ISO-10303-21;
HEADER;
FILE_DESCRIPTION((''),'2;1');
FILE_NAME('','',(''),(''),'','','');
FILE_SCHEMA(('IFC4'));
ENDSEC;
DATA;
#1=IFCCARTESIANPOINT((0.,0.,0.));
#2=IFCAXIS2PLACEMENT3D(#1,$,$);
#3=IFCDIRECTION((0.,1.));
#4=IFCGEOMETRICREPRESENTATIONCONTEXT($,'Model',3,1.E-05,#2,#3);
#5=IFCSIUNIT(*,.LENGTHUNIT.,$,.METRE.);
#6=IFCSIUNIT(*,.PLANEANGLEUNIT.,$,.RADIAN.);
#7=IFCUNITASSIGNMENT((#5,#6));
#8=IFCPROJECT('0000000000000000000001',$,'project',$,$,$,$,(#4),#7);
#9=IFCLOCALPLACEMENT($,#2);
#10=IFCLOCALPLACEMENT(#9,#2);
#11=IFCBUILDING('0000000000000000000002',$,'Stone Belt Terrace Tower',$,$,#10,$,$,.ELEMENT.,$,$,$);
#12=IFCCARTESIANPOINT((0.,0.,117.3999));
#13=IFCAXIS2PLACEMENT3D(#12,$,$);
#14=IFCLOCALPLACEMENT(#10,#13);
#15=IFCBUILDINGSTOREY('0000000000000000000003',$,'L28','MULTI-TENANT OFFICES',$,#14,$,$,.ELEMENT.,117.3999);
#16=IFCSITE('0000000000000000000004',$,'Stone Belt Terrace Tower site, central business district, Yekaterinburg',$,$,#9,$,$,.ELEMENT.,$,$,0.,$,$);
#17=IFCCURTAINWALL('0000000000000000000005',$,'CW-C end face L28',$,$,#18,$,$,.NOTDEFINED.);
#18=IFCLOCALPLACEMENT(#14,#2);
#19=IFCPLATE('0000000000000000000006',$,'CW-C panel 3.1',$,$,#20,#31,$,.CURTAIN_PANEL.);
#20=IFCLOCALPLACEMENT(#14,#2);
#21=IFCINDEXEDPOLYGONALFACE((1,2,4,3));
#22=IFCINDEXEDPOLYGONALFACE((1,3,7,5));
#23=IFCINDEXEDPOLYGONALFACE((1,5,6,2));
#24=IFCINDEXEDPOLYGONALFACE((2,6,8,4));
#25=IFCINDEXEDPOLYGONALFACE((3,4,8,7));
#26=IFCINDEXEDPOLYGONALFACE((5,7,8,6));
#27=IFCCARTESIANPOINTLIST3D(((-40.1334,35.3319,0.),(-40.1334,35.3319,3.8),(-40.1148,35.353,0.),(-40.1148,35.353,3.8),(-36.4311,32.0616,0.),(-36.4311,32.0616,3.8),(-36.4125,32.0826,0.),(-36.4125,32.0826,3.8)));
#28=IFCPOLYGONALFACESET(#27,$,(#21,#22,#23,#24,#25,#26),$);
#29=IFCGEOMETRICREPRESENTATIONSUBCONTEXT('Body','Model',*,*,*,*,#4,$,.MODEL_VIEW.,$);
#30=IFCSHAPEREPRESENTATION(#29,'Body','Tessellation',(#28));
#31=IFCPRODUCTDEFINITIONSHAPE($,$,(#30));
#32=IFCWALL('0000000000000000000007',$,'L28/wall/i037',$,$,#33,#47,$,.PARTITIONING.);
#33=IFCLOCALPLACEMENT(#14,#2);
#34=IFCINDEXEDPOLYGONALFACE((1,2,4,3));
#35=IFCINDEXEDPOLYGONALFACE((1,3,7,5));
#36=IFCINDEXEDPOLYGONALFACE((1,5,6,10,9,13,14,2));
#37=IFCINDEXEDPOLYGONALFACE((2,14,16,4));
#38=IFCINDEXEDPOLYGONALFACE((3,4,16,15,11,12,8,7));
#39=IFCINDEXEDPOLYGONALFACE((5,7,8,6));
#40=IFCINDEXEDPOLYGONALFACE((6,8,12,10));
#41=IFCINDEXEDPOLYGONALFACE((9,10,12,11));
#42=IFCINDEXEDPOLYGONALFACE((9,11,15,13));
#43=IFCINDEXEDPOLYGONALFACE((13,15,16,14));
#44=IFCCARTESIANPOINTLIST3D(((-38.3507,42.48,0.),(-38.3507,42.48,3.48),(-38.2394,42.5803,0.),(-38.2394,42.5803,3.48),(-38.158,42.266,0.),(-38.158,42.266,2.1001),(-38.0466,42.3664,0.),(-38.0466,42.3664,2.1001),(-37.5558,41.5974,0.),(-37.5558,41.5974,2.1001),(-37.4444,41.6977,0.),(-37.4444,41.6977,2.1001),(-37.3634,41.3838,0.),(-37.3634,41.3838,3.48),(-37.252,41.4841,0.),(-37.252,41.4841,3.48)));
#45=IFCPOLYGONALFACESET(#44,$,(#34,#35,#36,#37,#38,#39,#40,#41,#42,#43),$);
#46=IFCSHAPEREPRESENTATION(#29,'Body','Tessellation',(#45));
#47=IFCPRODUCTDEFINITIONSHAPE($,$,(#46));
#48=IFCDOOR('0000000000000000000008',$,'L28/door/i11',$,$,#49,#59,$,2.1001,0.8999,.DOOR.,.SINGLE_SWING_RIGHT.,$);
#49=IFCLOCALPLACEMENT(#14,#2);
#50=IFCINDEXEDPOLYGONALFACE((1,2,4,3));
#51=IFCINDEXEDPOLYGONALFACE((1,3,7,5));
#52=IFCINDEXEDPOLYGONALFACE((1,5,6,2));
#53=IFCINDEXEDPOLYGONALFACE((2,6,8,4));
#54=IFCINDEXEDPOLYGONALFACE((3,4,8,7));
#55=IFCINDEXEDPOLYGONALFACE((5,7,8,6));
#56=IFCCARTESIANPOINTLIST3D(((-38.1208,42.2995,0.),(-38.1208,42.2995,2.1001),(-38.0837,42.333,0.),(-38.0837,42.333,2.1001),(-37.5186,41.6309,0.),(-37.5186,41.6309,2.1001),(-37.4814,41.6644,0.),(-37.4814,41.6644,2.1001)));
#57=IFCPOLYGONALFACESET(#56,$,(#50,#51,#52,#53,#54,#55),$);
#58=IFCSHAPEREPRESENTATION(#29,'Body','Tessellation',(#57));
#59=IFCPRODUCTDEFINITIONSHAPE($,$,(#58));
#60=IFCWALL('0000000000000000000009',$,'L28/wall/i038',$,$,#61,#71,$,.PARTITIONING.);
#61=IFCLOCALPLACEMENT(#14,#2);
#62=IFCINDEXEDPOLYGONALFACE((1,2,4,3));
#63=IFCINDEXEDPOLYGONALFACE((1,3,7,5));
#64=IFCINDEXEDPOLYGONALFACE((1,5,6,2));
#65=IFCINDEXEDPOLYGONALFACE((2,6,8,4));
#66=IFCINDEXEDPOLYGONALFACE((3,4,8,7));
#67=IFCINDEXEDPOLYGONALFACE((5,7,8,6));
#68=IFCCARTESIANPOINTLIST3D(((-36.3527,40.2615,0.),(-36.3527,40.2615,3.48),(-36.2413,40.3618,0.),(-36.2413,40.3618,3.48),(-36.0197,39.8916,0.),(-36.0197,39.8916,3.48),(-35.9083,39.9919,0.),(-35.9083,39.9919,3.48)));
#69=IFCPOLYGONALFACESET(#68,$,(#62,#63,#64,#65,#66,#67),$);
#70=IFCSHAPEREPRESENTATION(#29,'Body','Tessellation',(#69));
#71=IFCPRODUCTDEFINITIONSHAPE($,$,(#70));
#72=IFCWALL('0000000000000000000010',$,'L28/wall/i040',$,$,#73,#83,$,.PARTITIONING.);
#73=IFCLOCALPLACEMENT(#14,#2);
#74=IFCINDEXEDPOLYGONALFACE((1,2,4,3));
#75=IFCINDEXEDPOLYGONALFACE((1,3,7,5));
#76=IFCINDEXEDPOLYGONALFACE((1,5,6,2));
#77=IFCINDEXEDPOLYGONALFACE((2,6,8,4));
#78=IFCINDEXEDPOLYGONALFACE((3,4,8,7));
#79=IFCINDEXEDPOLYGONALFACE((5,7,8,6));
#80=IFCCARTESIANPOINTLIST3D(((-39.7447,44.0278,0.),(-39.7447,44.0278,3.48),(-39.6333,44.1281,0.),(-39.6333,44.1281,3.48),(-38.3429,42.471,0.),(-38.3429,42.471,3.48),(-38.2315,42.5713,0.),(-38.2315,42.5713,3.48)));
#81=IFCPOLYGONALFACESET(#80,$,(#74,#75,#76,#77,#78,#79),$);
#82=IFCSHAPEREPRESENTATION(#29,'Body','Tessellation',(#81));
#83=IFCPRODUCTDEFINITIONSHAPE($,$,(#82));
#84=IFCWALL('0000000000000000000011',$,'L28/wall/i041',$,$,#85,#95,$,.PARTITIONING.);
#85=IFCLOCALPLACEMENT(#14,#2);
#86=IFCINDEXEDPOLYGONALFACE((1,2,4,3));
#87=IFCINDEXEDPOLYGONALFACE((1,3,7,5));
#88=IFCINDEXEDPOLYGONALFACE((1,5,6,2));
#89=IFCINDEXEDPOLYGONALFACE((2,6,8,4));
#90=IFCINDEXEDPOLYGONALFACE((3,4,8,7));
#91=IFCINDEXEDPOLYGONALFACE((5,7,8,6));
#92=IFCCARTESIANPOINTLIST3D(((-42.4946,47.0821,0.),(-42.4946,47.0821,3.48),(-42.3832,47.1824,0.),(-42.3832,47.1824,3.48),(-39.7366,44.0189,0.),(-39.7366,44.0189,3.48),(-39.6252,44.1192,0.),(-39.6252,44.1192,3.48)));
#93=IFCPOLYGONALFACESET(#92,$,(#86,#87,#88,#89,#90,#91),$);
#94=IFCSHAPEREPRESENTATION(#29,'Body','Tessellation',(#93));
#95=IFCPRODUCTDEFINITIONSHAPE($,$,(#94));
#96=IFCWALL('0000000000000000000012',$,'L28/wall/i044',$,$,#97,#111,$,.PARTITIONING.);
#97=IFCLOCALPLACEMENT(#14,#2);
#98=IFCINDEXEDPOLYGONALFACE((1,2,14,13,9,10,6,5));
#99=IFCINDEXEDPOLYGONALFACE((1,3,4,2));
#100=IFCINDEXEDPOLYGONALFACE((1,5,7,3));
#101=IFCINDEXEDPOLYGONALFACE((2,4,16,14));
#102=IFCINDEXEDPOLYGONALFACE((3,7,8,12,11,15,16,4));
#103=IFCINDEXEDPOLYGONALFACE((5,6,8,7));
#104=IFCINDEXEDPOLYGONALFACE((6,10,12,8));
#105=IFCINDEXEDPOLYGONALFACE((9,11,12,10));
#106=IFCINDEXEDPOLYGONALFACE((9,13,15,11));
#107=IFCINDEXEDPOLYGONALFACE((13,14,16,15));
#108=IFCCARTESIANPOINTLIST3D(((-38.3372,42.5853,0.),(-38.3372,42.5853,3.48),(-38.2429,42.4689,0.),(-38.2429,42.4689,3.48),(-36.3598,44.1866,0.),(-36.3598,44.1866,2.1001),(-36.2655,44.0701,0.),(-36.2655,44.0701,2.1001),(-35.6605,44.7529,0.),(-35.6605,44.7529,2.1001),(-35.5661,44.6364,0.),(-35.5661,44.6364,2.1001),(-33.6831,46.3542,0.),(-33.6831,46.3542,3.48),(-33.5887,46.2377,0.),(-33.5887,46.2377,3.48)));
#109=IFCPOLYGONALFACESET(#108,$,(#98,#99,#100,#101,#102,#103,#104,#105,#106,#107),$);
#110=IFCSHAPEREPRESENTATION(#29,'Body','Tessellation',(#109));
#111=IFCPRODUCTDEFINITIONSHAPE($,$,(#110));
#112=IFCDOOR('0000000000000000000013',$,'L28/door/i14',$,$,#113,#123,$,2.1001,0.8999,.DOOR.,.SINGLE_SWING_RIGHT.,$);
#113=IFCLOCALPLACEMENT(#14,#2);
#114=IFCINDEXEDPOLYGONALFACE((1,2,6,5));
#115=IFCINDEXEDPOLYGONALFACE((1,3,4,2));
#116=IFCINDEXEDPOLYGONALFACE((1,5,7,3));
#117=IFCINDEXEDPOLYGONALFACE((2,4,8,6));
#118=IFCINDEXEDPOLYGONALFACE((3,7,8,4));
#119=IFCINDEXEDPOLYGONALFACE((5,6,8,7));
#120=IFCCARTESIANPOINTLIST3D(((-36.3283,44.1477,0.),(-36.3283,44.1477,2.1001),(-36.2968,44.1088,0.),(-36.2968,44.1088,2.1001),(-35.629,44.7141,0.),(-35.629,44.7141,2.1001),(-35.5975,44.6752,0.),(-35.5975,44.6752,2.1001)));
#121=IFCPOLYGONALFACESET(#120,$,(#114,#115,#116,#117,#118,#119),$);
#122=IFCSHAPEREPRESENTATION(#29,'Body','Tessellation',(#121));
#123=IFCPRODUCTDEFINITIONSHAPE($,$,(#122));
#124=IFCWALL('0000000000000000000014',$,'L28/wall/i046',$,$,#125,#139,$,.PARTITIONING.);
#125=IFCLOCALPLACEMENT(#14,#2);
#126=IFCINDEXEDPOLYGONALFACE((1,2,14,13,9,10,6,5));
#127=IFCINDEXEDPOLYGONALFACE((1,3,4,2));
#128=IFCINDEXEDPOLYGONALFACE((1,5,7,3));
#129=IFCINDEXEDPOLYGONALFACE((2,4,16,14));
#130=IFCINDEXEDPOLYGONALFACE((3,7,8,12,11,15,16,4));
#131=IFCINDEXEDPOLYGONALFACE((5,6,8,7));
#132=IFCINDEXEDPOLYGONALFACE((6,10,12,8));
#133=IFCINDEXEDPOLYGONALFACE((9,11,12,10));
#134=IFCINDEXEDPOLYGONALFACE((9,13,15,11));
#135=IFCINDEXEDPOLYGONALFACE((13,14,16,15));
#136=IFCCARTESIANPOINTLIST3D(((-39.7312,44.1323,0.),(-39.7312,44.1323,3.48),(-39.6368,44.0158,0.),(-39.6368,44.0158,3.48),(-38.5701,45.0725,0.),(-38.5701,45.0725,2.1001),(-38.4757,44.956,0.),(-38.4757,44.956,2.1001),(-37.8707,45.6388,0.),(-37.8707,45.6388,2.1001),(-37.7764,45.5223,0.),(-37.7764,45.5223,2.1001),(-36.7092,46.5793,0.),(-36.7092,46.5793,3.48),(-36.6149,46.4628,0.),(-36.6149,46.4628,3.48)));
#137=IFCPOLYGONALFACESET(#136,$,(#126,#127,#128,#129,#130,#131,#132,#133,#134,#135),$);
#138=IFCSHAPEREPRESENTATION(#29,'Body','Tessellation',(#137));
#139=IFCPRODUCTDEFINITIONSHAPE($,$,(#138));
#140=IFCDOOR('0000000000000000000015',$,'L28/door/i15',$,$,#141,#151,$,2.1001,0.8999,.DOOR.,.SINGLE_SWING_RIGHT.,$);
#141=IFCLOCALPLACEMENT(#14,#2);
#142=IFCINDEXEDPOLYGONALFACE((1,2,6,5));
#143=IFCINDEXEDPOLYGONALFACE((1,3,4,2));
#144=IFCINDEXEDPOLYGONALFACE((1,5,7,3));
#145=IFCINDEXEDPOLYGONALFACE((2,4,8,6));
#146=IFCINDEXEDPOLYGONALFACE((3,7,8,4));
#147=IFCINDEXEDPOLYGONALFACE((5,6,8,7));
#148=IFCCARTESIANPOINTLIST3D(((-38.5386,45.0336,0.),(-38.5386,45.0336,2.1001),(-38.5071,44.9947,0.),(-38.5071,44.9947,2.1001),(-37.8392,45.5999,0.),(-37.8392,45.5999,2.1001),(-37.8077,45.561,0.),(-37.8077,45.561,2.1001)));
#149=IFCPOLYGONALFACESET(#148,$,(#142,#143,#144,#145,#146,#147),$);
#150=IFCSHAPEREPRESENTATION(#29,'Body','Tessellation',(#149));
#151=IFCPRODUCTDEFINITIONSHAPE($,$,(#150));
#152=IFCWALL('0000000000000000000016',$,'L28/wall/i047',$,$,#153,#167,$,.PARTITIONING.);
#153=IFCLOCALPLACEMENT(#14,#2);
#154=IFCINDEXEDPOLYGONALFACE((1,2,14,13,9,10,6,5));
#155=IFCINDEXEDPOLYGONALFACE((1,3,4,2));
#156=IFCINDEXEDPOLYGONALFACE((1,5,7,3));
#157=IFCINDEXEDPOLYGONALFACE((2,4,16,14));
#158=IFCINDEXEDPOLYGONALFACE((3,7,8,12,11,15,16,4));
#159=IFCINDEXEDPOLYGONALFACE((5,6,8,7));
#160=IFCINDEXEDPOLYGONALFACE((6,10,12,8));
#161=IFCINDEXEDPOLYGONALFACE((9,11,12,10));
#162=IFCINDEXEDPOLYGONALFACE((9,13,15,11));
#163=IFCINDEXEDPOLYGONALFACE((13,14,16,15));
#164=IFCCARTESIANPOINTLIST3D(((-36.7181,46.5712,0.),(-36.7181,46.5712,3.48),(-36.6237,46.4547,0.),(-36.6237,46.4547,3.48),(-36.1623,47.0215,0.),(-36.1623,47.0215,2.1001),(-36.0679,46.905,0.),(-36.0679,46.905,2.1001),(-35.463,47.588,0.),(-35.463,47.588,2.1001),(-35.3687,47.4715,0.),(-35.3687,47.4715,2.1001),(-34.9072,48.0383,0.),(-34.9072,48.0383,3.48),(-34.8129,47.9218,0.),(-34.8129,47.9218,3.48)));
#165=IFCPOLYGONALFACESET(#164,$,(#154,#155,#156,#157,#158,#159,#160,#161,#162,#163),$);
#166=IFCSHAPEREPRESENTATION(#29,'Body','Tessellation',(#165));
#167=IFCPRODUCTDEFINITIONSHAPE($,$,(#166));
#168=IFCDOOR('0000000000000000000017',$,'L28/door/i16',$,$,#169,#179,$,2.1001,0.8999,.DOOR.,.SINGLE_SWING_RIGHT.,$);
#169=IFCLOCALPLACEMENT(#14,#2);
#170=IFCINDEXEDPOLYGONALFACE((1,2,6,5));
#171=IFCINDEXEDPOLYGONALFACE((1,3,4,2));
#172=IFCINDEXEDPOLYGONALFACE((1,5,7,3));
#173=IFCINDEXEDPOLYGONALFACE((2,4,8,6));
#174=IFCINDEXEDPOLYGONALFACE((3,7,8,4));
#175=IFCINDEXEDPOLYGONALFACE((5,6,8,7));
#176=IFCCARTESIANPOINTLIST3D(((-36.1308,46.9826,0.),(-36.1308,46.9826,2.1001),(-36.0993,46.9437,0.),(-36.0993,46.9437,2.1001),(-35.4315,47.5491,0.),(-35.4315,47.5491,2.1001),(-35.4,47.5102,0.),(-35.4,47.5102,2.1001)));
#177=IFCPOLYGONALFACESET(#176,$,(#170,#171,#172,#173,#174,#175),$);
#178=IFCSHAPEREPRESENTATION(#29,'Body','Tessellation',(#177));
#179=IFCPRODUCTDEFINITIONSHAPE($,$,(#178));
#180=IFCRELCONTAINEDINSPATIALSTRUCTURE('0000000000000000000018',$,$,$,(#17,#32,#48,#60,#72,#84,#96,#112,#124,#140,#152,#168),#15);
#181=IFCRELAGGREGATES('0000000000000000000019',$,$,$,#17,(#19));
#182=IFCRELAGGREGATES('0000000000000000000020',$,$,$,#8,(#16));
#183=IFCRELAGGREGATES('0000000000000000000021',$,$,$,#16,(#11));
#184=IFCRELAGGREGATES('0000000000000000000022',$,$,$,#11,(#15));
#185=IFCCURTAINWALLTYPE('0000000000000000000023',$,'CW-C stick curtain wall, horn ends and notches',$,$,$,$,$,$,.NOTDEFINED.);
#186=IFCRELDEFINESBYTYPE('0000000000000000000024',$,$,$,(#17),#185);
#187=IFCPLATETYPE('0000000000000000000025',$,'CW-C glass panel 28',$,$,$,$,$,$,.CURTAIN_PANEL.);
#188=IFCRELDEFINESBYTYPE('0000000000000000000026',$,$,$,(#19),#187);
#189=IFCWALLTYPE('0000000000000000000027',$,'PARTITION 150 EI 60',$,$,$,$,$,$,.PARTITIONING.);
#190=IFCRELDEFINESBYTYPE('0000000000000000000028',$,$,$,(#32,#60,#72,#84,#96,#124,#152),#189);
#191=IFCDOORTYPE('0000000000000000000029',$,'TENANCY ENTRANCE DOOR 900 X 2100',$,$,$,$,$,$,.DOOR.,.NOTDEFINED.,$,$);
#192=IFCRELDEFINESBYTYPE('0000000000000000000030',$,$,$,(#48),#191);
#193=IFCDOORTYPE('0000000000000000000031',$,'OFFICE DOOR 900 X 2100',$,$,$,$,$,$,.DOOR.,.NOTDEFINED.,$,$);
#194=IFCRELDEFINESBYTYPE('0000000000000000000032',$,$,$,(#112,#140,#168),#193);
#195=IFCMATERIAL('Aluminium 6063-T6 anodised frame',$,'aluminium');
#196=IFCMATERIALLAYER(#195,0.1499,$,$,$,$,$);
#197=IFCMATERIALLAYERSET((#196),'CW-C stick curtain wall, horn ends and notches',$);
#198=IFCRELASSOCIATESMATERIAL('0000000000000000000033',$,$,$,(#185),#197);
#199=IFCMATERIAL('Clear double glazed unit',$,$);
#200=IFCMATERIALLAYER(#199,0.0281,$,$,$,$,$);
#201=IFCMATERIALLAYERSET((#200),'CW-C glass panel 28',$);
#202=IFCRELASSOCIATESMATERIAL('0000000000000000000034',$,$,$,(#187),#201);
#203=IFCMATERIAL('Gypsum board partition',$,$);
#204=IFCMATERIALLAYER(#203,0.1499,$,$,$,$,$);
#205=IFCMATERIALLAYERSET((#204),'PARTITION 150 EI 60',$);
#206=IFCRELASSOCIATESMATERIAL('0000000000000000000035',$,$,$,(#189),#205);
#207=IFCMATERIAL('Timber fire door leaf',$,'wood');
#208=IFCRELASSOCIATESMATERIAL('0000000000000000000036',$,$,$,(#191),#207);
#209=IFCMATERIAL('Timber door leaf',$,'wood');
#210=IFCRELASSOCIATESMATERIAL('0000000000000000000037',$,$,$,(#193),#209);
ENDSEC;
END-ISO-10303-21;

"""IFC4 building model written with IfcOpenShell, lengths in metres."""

from ifc_helpers import new_model, si_unit, direction, frame, frame_2d, origin, origin_2d, place, context, subcontext, project, spatial, rectangle, extrude, material, layer, layer_set, type_object, element, fill, aggregate, save


model = new_model("IFC4")

# Units and contexts
model_context = context("Model", 3, precision=1e-05, world=origin(), true_north=direction((0.0, 1.0)))
body_context = subcontext(model_context, "Body", "Model", "MODEL_VIEW")
ifc_project = project(units=[si_unit("LENGTHUNIT", "METRE"), si_unit("PLANEANGLEUNIT", "RADIAN")], contexts=[model_context])

# Site, building, storey
site_placement = place(None, origin())
site = spatial("IfcSite", under=ifc_project, at=site_placement, Name="Stone Belt Terrace Tower site, central business district, Yekaterinburg", CompositionType="ELEMENT", RefElevation=0.0)
building_placement = place(site_placement, origin())
building = spatial("IfcBuilding", under=site, at=building_placement, Name="Stone Belt Terrace Tower", CompositionType="ELEMENT")
storey_placement = place(building_placement, frame((0.0, 0.0, 117.3999)))
storey = spatial("IfcBuildingStorey", under=building, at=storey_placement, Name="L28", Description="MULTI-TENANT OFFICES", CompositionType="ELEMENT", Elevation=117.3999)

# Shared definitions
ifc_material_1 = material(Name="Aluminium 6063-T6 anodised frame", Category="aluminium")
ifc_layer_1 = layer(ifc_material_1, 0.1499)
ifc_layer_set_1 = layer_set([ifc_layer_1], Name="CW-C stick curtain wall, horn ends and notches")
curtain_wall_type = type_object("IfcCurtainWallType", Name="CW-C stick curtain wall, horn ends and notches", PredefinedType="NOTDEFINED", material=ifc_layer_set_1)

# Curtain wall
curtain_wall_1_placement = place(storey_placement, origin())
curtain_wall_1 = element("IfcCurtainWall", 1, at=curtain_wall_1_placement, inside=storey, type_object=curtain_wall_type, Name="CW-C end face L28", PredefinedType="NOTDEFINED")

# Plate
ifc_material_2 = material(Name="Clear double glazed unit")
ifc_layer_2 = layer(ifc_material_2, 0.0281)
ifc_layer_set_2 = layer_set([ifc_layer_2], Name="CW-C glass panel 28")
plate_type = type_object("IfcPlateType", Name="CW-C glass panel 28", PredefinedType="CURTAIN_PANEL", material=ifc_layer_set_2)
plate_1_placement = place(storey_placement, frame((-38.2729, 33.7073, 0.0), z_axis=(0.0, 0.0, 1.0), x_axis=(0.749478, -0.66203, 0.0)))
plate_1 = element("IfcPlate", 2, at=plate_1_placement, type_object=plate_type, Name="CW-C panel 3.1", PredefinedType="CURTAIN_PANEL", context=body_context, shape_type="SweptSolid", body=[
    extrude(rectangle(XDim=4.9399, YDim=0.0281, at=origin_2d()), origin(), (0.0, 0.0, 1.0), 3.8),
])
aggregate(curtain_wall_1, [plate_1])

# Wall, opening, door
ifc_material_3 = material(Name="Gypsum board partition")
ifc_layer_3 = layer(ifc_material_3, 0.1499)
ifc_layer_set_3 = layer_set([ifc_layer_3], Name="PARTITION 150 EI 60")
wall_type = type_object("IfcWallType", Name="PARTITION 150 EI 60", PredefinedType="PARTITIONING", material=ifc_layer_set_3)
wall_1_placement = place(storey_placement, frame((-37.3076, 41.4338, 0.0), z_axis=(0.0, 0.0, 1.0), x_axis=(-0.669239, 0.743047, 0.0)))
wall_1 = element("IfcWall", 3, at=wall_1_placement, inside=storey, type_object=wall_type, Name="L28/wall/i037", PredefinedType="PARTITIONING", context=body_context, shape_type="SweptSolid", body=[
    extrude(rectangle(XDim=1.4753, YDim=0.1499, at=frame_2d((0.7378, 0.0))), origin(), (0.0, 0.0, 1.0), 3.48),
])
opening_1_placement = place(wall_1_placement, frame((0.2876, 0.0, 0.0)))
opening_1 = element("IfcOpeningElement", 4, at=opening_1_placement, cuts=wall_1, PredefinedType="OPENING", context=body_context, shape_type="SweptSolid", body=[
    extrude(rectangle(XDim=0.8999, YDim=2.1001, at=frame_2d((0.45, 1.05))), frame((0.0, 0.085, 0.0), z_axis=(0.0, -1.0, 0.0), x_axis=(1.0, 0.0, 0.0)), (0.0, 0.0, 1.0), 0.1699),
])
ifc_material_4 = material(Name="Timber fire door leaf", Category="wood")
door_type_1 = type_object("IfcDoorType", Name="TENANCY ENTRANCE DOOR 900 X 2100", OperationType="NOTDEFINED", PredefinedType="DOOR", material=ifc_material_4)
door_1_placement = place(opening_1_placement, origin())
door_1 = element("IfcDoor", 5, at=door_1_placement, inside=storey, type_object=door_type_1, Name="L28/door/i11", OperationType="SINGLE_SWING_RIGHT", OverallHeight=2.1001, OverallWidth=0.8999, PredefinedType="DOOR", context=body_context, shape_type="SweptSolid", body=[
    extrude(rectangle(XDim=0.8999, YDim=2.1001, at=frame_2d((0.45, 1.05))), frame((0.0, 0.0249, 0.0), z_axis=(0.0, -1.0, 0.0), x_axis=(1.0, 0.0, 0.0)), (0.0, 0.0, 1.0), 0.05),
])
fill(opening_1, door_1)

# Walls
wall_2_placement = place(storey_placement, frame((-36.2971, 40.3118, 0.0), z_axis=(0.0, 0.0, 1.0), x_axis=(0.6691, -0.743172, 0.0)))
element("IfcWall", 6, at=wall_2_placement, inside=storey, type_object=wall_type, Name="L28/wall/i038", PredefinedType="PARTITIONING", context=body_context, shape_type="SweptSolid", body=[
    extrude(rectangle(XDim=0.4978, YDim=0.1499, at=frame_2d((0.249, 0.0))), origin(), (0.0, 0.0, 1.0), 3.48),
])
wall_3_placement = place(storey_placement, frame((-39.689, 44.0779, 0.0), z_axis=(0.0, 0.0, 1.0), x_axis=(0.669139, -0.743138, 0.0)))
element("IfcWall", 7, at=wall_3_placement, inside=storey, type_object=wall_type, Name="L28/wall/i040", PredefinedType="PARTITIONING", context=body_context, shape_type="SweptSolid", body=[
    extrude(rectangle(XDim=2.095, YDim=0.1499, at=frame_2d((1.0474, 0.0))), origin(), (0.0, 0.0, 1.0), 3.48),
])
wall_4_placement = place(storey_placement, frame((-42.439, 47.1323, 0.0), z_axis=(0.0, 0.0, 1.0), x_axis=(0.669119, -0.743156, 0.0)))
element("IfcWall", 8, at=wall_4_placement, inside=storey, type_object=wall_type, Name="L28/wall/i041", PredefinedType="PARTITIONING", context=body_context, shape_type="SweptSolid", body=[
    extrude(rectangle(XDim=4.1218, YDim=0.1499, at=frame_2d((2.061, 0.0))), origin(), (0.0, 0.0, 1.0), 3.48),
])

# Walls, openings, doors
wall_5_placement = place(storey_placement, frame((-38.29, 42.5271, 0.0), z_axis=(0.0, 0.0, 1.0), x_axis=(0.777144, 0.629323, 0.0)))
wall_5 = element("IfcWall", 9, at=wall_5_placement, inside=storey, type_object=wall_type, Name="L28/wall/i044", PredefinedType="PARTITIONING", context=body_context, shape_type="SweptSolid", body=[
    extrude(rectangle(XDim=5.9888, YDim=0.1499, at=frame_2d((2.9944, 0.0))), origin(), (0.0, 0.0, 1.0), 3.48),
])
opening_2_placement = place(wall_5_placement, frame((2.5444, 0.0, 0.0)))
opening_2 = element("IfcOpeningElement", 10, at=opening_2_placement, cuts=wall_5, PredefinedType="OPENING", context=body_context, shape_type="SweptSolid", body=[
    extrude(rectangle(XDim=0.8999, YDim=2.1001, at=frame_2d((0.45, 1.05))), frame((0.0, 0.085, 0.0), z_axis=(0.0, -1.0, 0.0), x_axis=(1.0, 0.0, 0.0)), (0.0, 0.0, 1.0), 0.1699),
])
ifc_material_5 = material(Name="Timber door leaf", Category="wood")
door_type_2 = type_object("IfcDoorType", Name="OFFICE DOOR 900 X 2100", OperationType="NOTDEFINED", PredefinedType="DOOR", material=ifc_material_5)
door_2_placement = place(opening_2_placement, origin())
door_2 = element("IfcDoor", 11, at=door_2_placement, inside=storey, type_object=door_type_2, Name="L28/door/i14", OperationType="SINGLE_SWING_RIGHT", OverallHeight=2.1001, OverallWidth=0.8999, PredefinedType="DOOR", context=body_context, shape_type="SweptSolid", body=[
    extrude(rectangle(XDim=0.8999, YDim=2.1001, at=frame_2d((0.45, 1.05))), frame((0.0, 0.0249, 0.0), z_axis=(0.0, -1.0, 0.0), x_axis=(1.0, 0.0, 0.0)), (0.0, 0.0, 1.0), 0.05),
])
fill(opening_2, door_2)
wall_6_placement = place(storey_placement, frame((-39.6841, 44.074, 0.0), z_axis=(0.0, 0.0, 1.0), x_axis=(0.777162, 0.629301, 0.0)))
wall_6 = element("IfcWall", 12, at=wall_6_placement, inside=storey, type_object=wall_type, Name="L28/wall/i046", PredefinedType="PARTITIONING", context=body_context, shape_type="SweptSolid", body=[
    extrude(rectangle(XDim=3.8884, YDim=0.1499, at=frame_2d((1.9443, 0.0))), origin(), (0.0, 0.0, 1.0), 3.48),
])
opening_3_placement = place(wall_6_placement, frame((1.4941, 0.0, 0.0)))
opening_3 = element("IfcOpeningElement", 13, at=opening_3_placement, cuts=wall_6, PredefinedType="OPENING", context=body_context, shape_type="SweptSolid", body=[
    extrude(rectangle(XDim=0.8999, YDim=2.1001, at=frame_2d((0.45, 1.05))), frame((0.0, 0.085, 0.0), z_axis=(0.0, -1.0, 0.0), x_axis=(1.0, 0.0, 0.0)), (0.0, 0.0, 1.0), 0.1699),
])
door_3_placement = place(opening_3_placement, origin())
door_3 = element("IfcDoor", 14, at=door_3_placement, inside=storey, type_object=door_type_2, Name="L28/door/i15", OperationType="SINGLE_SWING_RIGHT", OverallHeight=2.1001, OverallWidth=0.8999, PredefinedType="DOOR", context=body_context, shape_type="SweptSolid", body=[
    extrude(rectangle(XDim=0.8999, YDim=2.1001, at=frame_2d((0.45, 1.05))), frame((0.0, 0.0249, 0.0), z_axis=(0.0, -1.0, 0.0), x_axis=(1.0, 0.0, 0.0)), (0.0, 0.0, 1.0), 0.05),
])
fill(opening_3, door_3)
wall_7_placement = place(storey_placement, frame((-36.6709, 46.5129, 0.0), z_axis=(0.0, 0.0, 1.0), x_axis=(0.777001, 0.6295, 0.0)))
wall_7 = element("IfcWall", 15, at=wall_7_placement, inside=storey, type_object=wall_type, Name="L28/wall/i047", PredefinedType="PARTITIONING", context=body_context, shape_type="SweptSolid", body=[
    extrude(rectangle(XDim=2.3306, YDim=0.1499, at=frame_2d((1.1653, 0.0))), origin(), (0.0, 0.0, 1.0), 3.48),
])
opening_4_placement = place(wall_7_placement, frame((0.7153, 0.0, 0.0)))
opening_4 = element("IfcOpeningElement", 16, at=opening_4_placement, cuts=wall_7, PredefinedType="OPENING", context=body_context, shape_type="SweptSolid", body=[
    extrude(rectangle(XDim=0.8999, YDim=2.1001, at=frame_2d((0.45, 1.05))), frame((0.0, 0.085, 0.0), z_axis=(0.0, -1.0, 0.0), x_axis=(1.0, 0.0, 0.0)), (0.0, 0.0, 1.0), 0.1699),
])
door_4_placement = place(opening_4_placement, origin())
door_4 = element("IfcDoor", 17, at=door_4_placement, inside=storey, type_object=door_type_2, Name="L28/door/i16", OperationType="SINGLE_SWING_RIGHT", OverallHeight=2.1001, OverallWidth=0.8999, PredefinedType="DOOR", context=body_context, shape_type="SweptSolid", body=[
    extrude(rectangle(XDim=0.8999, YDim=2.1001, at=frame_2d((0.45, 1.05))), frame((0.0, 0.0249, 0.0), z_axis=(0.0, -1.0, 0.0), x_axis=(1.0, 0.0, 0.0)), (0.0, 0.0, 1.0), 0.05),
])
fill(opening_4, door_4)

save(model, "model.ifc")
